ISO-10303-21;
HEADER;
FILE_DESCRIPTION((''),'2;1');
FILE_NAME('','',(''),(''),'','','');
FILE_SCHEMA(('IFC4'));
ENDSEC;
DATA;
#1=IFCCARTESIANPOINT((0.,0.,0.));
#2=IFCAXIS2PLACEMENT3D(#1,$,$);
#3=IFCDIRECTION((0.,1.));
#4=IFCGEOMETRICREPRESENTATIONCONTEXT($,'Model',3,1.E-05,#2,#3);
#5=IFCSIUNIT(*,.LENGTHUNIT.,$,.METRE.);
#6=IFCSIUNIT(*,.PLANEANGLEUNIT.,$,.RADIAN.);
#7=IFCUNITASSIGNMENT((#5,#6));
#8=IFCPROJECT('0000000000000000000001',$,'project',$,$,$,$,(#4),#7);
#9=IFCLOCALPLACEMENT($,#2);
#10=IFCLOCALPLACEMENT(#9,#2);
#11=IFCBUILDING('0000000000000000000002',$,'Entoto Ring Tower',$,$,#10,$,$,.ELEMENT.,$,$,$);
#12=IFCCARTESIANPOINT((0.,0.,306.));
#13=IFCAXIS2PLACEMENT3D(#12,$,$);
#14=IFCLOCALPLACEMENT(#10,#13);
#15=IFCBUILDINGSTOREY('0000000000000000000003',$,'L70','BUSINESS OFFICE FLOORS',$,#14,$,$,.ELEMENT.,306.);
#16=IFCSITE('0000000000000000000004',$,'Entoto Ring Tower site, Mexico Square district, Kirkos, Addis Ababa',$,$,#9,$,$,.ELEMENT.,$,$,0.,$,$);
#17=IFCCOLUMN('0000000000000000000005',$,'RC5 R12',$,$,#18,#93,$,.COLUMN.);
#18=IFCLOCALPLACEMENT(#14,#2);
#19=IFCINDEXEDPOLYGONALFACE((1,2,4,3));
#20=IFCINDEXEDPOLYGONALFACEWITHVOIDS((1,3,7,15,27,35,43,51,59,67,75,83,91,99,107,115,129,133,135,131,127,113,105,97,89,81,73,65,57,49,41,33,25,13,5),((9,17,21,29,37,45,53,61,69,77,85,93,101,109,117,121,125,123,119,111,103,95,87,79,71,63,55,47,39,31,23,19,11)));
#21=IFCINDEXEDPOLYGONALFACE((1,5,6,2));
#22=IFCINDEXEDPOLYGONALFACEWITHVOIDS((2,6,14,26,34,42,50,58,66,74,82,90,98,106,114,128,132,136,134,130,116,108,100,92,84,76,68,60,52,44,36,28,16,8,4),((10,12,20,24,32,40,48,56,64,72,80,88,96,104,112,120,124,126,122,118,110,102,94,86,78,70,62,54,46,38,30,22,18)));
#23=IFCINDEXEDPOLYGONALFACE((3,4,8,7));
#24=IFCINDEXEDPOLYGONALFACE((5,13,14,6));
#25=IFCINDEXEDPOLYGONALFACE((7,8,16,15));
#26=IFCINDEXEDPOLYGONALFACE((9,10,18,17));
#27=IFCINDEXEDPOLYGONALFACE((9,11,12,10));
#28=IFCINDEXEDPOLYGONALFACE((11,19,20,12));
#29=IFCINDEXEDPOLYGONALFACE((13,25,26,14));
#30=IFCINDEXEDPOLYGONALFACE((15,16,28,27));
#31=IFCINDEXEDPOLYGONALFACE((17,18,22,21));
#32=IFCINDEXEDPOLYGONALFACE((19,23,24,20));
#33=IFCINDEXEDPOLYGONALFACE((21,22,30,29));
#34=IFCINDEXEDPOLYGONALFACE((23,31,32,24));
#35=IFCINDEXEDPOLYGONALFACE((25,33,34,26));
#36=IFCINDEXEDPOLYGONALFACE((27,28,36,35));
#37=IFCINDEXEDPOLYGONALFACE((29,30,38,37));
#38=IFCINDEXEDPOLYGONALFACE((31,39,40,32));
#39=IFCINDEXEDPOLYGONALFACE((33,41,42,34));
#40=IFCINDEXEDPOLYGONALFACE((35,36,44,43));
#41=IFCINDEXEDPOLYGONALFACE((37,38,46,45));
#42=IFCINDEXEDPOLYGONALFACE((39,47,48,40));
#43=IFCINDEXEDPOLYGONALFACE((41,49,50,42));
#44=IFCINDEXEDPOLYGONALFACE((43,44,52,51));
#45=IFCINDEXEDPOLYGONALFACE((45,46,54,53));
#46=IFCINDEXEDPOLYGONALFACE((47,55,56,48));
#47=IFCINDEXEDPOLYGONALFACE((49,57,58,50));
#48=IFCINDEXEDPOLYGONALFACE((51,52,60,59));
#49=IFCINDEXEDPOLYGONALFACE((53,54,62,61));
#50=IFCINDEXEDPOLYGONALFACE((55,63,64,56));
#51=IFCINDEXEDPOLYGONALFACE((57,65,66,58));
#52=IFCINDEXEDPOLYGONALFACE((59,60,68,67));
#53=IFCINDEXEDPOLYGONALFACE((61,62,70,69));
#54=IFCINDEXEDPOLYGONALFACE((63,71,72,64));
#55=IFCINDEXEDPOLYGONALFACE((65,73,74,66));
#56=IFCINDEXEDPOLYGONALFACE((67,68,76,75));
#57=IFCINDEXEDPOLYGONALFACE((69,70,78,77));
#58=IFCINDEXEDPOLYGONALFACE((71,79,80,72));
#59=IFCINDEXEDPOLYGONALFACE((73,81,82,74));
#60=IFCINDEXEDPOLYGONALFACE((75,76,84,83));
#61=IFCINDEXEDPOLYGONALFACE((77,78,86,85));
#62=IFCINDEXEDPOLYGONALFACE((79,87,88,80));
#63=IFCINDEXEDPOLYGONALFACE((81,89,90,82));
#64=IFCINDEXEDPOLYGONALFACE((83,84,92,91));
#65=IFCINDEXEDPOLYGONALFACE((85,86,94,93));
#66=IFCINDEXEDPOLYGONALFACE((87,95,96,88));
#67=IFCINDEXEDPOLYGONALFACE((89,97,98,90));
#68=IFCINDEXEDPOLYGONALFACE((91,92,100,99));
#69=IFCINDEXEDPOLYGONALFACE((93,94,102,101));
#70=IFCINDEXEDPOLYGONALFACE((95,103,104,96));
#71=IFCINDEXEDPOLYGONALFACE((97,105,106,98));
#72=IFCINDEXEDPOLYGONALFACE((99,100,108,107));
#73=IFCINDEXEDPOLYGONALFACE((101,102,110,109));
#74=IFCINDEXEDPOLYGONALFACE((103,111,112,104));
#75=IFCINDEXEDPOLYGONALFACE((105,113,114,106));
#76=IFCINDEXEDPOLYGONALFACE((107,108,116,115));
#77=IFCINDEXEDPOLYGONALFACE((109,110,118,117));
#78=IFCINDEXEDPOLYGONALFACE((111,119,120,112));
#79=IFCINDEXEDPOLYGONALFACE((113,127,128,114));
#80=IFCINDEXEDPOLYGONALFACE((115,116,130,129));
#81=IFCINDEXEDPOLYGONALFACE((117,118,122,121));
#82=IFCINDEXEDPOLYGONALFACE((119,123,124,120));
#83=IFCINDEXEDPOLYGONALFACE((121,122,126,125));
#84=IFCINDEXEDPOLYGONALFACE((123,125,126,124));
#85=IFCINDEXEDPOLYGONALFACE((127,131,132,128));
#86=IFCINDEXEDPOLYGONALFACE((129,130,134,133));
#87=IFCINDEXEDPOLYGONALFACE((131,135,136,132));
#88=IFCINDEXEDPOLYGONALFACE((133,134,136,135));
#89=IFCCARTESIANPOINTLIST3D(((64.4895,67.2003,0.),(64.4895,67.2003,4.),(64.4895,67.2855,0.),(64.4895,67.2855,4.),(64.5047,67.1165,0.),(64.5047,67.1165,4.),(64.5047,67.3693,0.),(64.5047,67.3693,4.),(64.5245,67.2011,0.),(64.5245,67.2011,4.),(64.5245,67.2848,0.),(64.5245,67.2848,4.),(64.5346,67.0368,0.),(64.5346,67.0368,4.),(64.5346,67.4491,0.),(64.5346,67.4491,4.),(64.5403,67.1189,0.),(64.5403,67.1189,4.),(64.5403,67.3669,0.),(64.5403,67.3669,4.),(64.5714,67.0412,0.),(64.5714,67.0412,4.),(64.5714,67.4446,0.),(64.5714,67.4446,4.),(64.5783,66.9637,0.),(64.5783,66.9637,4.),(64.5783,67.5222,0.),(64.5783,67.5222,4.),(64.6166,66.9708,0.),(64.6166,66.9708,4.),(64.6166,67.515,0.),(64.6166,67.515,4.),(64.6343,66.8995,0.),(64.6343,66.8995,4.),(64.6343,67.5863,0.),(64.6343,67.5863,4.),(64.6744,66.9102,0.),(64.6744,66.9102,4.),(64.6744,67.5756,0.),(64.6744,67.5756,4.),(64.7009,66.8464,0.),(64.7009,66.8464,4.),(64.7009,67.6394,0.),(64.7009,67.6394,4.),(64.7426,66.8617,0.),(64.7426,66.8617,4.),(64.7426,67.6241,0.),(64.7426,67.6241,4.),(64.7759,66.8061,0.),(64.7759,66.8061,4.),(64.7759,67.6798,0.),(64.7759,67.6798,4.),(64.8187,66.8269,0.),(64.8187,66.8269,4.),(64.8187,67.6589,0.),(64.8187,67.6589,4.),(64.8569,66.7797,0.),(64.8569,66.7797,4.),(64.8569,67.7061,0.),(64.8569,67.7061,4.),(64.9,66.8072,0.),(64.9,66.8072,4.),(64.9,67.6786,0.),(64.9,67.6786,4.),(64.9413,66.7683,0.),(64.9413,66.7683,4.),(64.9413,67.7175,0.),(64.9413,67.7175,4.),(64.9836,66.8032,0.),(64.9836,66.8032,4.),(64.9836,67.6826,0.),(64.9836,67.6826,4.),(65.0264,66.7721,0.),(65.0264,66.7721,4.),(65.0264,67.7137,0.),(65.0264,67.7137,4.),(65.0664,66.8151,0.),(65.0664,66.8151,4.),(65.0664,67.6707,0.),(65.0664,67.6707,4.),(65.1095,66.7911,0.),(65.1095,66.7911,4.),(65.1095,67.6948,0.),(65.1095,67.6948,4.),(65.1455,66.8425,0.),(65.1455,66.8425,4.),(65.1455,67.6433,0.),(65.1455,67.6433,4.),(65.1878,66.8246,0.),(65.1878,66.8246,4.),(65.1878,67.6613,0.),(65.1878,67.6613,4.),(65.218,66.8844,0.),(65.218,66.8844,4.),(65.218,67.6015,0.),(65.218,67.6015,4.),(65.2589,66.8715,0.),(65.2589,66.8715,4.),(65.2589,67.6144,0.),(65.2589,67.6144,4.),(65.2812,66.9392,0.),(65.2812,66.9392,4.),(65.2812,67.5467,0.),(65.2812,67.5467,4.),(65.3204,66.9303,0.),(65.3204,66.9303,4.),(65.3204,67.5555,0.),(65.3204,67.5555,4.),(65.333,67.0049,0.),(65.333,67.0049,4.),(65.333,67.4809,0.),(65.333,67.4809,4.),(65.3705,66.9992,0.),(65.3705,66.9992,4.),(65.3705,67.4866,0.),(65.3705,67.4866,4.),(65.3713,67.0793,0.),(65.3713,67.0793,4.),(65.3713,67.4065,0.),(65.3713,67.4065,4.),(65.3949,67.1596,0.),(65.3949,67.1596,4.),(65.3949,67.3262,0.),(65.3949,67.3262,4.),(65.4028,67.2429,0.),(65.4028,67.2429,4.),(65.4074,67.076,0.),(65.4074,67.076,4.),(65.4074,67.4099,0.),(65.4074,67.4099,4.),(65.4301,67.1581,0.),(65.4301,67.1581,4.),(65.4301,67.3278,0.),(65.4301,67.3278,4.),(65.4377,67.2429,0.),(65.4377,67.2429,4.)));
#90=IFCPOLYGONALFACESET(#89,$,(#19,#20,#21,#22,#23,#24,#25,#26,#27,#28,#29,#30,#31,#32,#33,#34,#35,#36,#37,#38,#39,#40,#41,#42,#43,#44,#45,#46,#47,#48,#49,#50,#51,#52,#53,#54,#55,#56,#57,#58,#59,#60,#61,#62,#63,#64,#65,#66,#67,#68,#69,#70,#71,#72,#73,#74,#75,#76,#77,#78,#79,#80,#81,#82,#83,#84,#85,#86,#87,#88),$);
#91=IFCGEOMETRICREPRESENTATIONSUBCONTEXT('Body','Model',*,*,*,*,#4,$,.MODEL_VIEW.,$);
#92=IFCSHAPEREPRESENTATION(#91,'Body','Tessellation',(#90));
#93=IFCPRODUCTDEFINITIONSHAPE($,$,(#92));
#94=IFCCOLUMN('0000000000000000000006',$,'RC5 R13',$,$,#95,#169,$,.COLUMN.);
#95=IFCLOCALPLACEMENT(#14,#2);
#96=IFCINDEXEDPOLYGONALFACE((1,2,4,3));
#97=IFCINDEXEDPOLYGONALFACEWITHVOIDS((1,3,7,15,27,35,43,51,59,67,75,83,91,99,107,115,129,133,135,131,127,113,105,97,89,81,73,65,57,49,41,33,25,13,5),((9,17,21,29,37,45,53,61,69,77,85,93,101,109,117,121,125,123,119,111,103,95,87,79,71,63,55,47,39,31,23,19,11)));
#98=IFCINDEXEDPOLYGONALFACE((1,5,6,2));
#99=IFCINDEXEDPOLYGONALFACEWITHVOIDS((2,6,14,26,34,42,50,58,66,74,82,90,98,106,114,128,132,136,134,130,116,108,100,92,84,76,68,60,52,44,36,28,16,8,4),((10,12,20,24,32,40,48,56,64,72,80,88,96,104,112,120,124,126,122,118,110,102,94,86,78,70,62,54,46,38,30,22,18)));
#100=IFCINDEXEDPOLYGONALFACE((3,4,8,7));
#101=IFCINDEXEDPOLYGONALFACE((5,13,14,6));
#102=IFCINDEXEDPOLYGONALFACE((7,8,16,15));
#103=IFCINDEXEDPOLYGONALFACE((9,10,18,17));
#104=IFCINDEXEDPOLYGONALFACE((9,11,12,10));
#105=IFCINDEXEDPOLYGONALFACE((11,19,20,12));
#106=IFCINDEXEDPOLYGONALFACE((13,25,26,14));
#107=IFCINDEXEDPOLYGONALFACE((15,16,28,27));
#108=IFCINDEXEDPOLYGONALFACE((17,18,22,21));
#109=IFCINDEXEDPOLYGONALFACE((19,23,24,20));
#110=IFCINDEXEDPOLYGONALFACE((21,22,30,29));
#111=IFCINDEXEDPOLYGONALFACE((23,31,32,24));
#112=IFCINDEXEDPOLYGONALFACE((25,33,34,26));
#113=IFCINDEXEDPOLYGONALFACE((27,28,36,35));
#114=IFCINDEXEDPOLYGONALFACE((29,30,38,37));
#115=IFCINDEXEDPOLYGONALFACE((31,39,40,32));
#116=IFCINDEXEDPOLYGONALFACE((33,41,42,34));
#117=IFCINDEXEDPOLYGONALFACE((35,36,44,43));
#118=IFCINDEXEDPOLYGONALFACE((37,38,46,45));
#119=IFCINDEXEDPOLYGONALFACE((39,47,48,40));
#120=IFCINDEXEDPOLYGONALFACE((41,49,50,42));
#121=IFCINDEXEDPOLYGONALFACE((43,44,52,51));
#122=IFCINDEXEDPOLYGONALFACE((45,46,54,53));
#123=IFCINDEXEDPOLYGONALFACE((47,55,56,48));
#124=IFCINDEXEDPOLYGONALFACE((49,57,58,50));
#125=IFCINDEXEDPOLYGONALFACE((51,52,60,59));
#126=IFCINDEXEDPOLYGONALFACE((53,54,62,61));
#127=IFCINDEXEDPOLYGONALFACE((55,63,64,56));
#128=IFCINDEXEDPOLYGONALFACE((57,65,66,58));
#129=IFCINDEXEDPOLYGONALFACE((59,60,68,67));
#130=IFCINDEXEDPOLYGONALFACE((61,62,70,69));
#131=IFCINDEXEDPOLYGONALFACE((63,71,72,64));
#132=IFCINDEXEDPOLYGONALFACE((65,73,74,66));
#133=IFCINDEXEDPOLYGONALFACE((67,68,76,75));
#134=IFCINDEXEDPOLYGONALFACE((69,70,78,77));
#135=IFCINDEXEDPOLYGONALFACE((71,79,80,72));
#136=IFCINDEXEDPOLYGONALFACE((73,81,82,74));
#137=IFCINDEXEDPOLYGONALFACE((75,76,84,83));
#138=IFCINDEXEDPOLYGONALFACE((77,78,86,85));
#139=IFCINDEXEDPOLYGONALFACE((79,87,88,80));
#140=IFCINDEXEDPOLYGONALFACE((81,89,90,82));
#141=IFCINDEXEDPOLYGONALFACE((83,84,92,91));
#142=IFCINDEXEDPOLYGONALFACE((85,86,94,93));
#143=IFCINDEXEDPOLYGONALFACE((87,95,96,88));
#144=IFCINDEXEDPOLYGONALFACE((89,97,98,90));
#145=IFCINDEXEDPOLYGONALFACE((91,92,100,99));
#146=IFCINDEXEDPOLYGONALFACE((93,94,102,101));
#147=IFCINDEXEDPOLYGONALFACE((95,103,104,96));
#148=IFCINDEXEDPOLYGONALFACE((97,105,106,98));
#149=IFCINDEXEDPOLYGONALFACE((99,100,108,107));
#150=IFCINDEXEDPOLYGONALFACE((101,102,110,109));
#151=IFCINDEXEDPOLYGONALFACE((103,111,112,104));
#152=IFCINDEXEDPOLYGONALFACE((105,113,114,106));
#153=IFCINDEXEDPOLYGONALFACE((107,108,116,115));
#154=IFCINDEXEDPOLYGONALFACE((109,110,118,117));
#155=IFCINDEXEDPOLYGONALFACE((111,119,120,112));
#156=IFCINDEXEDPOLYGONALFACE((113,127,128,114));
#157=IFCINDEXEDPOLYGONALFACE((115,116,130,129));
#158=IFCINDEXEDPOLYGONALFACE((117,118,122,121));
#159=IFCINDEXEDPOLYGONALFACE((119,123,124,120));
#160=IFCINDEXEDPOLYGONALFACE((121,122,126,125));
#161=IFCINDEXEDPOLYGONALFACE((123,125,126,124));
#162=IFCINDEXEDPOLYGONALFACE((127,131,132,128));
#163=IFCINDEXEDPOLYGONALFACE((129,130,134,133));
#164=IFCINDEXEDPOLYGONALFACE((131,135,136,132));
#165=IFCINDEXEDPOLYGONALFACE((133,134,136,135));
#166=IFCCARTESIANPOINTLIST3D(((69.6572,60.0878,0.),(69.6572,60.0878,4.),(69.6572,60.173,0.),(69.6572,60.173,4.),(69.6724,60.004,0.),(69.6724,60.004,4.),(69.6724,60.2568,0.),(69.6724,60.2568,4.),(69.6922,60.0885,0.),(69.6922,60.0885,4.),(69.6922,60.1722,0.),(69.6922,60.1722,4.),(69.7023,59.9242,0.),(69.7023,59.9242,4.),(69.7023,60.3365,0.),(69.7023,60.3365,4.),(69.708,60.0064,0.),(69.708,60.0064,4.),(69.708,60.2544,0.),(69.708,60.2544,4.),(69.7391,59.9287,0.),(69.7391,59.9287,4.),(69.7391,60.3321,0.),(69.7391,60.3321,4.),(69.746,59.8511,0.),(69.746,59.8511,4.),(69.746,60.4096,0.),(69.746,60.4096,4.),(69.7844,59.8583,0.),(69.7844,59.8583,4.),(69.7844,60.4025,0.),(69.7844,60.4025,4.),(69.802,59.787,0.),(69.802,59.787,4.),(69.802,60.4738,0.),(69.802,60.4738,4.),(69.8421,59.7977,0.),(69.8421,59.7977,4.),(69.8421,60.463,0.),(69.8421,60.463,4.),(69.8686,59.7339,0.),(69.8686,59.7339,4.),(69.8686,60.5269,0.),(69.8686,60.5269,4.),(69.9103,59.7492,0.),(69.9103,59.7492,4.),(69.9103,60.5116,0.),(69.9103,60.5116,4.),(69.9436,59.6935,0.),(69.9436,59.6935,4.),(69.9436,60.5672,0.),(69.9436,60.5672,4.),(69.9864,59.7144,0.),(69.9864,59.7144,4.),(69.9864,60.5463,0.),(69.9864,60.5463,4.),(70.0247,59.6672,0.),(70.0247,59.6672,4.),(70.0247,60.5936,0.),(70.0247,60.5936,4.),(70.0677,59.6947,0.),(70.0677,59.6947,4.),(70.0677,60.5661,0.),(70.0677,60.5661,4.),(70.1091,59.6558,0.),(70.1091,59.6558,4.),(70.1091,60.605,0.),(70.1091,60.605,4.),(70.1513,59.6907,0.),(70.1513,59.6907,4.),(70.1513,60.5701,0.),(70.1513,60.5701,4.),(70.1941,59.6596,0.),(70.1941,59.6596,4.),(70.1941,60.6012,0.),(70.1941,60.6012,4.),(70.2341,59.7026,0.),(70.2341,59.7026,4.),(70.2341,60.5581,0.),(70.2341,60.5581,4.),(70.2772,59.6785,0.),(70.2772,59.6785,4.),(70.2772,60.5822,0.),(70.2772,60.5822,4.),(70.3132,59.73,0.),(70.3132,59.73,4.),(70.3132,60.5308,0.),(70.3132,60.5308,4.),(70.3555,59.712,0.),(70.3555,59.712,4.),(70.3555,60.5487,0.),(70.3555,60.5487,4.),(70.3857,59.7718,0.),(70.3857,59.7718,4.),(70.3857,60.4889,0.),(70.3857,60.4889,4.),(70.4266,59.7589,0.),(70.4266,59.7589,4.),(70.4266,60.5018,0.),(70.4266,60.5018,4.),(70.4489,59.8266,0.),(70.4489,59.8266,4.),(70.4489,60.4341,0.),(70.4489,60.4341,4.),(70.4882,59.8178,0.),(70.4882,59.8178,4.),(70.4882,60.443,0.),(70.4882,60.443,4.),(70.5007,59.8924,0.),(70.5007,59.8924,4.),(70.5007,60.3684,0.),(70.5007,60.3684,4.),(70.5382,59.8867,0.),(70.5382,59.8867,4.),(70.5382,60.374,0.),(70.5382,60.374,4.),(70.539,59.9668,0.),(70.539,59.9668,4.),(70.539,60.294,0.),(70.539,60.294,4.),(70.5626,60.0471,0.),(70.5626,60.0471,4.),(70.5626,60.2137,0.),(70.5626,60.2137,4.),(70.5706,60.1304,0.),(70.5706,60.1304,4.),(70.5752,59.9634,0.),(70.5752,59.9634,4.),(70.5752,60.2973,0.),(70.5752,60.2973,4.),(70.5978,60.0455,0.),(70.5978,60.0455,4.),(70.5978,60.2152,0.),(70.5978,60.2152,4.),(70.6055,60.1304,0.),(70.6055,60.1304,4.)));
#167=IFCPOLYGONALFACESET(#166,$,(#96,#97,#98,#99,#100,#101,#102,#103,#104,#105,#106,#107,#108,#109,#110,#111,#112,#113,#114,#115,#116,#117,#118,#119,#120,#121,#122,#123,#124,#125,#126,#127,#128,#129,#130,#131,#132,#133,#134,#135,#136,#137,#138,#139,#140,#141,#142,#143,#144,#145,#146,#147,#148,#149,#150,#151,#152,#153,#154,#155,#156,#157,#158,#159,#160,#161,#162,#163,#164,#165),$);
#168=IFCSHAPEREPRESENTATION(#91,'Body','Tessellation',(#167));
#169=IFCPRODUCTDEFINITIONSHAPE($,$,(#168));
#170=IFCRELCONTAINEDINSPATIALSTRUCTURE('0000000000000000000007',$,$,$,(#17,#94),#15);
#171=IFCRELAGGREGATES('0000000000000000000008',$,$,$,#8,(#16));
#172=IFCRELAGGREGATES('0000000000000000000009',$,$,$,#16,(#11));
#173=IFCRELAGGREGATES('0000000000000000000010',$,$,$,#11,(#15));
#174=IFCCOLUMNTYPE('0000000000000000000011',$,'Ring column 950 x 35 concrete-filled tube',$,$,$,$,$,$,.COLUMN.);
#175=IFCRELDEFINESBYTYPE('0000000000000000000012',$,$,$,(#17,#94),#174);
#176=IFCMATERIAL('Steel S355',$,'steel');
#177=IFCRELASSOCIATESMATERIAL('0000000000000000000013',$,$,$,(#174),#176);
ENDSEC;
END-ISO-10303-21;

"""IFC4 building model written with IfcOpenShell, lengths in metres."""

from ifc_helpers import new_model, si_unit, direction, frame, origin, origin_2d, place, context, subcontext, project, spatial, circle, hollow_circle, extrude, material, material_profile, profile_set, type_object, element, save


model = new_model("IFC4")

# Units and contexts
model_context = context("Model", 3, precision=1e-05, world=origin(), true_north=direction((0.0, 1.0)))
body_context = subcontext(model_context, "Body", "Model", "MODEL_VIEW")
ifc_project = project(units=[si_unit("LENGTHUNIT", "METRE"), si_unit("PLANEANGLEUNIT", "RADIAN")], contexts=[model_context])

# Site, building, storey
site_placement = place(None, origin())
site = spatial("IfcSite", under=ifc_project, at=site_placement, Name="Entoto Ring Tower site, Mexico Square district, Kirkos, Addis Ababa", CompositionType="ELEMENT", RefElevation=0.0)
building_placement = place(site_placement, origin())
building = spatial("IfcBuilding", under=site, at=building_placement, Name="Entoto Ring Tower", CompositionType="ELEMENT")
storey_placement = place(building_placement, frame((0.0, 0.0, 306.0)))
storey = spatial("IfcBuildingStorey", under=building, at=storey_placement, Name="L70", Description="BUSINESS OFFICE FLOORS", CompositionType="ELEMENT", Elevation=306.0)

# Columns
ifc_material_1 = material(Name="Steel S355", Category="steel")
ifc_material_profile_1 = material_profile(ifc_material_1, hollow_circle(Radius=0.4751, WallThickness=0.0349, at=origin_2d()), Name="CHS 950 x 35")
ifc_material_2 = material(Name="Concrete C60/75", Category="concrete")
ifc_material_profile_2 = material_profile(ifc_material_2, circle(Radius=0.4399, at=origin_2d()), Name="Concrete C60/75 infill")
ifc_profile_set_1 = profile_set([ifc_material_profile_1, ifc_material_profile_2], Name="Steel S355")
column_type = type_object("IfcColumnType", Name="Ring column 950 x 35 concrete-filled tube", PredefinedType="COLUMN", material=ifc_profile_set_1)
for number, where, z_axis, x_axis, name in (
    (1, (64.9626, 67.2429, 0.0), (0.0, 0.0, 1.0), (1.0, 0.0, 0.0), "RC5 R12"),
    (2, (70.1304, 60.1304, 0.0), (0.0, 0.0, 1.0), (1.0, 0.0, 0.0), "RC5 R13"),
):
    element("IfcColumn", number, at=place(storey_placement, frame(where, z_axis=z_axis, x_axis=x_axis)), inside=storey, type_object=column_type, Name=name, PredefinedType="COLUMN", context=body_context, shape_type="SweptSolid", body=[
        extrude(hollow_circle(Radius=0.4751, WallThickness=0.0349, at=origin_2d()), origin(), (0.0, 0.0, 1.0), 4.0),
    ])

save(model, "model.ifc")
